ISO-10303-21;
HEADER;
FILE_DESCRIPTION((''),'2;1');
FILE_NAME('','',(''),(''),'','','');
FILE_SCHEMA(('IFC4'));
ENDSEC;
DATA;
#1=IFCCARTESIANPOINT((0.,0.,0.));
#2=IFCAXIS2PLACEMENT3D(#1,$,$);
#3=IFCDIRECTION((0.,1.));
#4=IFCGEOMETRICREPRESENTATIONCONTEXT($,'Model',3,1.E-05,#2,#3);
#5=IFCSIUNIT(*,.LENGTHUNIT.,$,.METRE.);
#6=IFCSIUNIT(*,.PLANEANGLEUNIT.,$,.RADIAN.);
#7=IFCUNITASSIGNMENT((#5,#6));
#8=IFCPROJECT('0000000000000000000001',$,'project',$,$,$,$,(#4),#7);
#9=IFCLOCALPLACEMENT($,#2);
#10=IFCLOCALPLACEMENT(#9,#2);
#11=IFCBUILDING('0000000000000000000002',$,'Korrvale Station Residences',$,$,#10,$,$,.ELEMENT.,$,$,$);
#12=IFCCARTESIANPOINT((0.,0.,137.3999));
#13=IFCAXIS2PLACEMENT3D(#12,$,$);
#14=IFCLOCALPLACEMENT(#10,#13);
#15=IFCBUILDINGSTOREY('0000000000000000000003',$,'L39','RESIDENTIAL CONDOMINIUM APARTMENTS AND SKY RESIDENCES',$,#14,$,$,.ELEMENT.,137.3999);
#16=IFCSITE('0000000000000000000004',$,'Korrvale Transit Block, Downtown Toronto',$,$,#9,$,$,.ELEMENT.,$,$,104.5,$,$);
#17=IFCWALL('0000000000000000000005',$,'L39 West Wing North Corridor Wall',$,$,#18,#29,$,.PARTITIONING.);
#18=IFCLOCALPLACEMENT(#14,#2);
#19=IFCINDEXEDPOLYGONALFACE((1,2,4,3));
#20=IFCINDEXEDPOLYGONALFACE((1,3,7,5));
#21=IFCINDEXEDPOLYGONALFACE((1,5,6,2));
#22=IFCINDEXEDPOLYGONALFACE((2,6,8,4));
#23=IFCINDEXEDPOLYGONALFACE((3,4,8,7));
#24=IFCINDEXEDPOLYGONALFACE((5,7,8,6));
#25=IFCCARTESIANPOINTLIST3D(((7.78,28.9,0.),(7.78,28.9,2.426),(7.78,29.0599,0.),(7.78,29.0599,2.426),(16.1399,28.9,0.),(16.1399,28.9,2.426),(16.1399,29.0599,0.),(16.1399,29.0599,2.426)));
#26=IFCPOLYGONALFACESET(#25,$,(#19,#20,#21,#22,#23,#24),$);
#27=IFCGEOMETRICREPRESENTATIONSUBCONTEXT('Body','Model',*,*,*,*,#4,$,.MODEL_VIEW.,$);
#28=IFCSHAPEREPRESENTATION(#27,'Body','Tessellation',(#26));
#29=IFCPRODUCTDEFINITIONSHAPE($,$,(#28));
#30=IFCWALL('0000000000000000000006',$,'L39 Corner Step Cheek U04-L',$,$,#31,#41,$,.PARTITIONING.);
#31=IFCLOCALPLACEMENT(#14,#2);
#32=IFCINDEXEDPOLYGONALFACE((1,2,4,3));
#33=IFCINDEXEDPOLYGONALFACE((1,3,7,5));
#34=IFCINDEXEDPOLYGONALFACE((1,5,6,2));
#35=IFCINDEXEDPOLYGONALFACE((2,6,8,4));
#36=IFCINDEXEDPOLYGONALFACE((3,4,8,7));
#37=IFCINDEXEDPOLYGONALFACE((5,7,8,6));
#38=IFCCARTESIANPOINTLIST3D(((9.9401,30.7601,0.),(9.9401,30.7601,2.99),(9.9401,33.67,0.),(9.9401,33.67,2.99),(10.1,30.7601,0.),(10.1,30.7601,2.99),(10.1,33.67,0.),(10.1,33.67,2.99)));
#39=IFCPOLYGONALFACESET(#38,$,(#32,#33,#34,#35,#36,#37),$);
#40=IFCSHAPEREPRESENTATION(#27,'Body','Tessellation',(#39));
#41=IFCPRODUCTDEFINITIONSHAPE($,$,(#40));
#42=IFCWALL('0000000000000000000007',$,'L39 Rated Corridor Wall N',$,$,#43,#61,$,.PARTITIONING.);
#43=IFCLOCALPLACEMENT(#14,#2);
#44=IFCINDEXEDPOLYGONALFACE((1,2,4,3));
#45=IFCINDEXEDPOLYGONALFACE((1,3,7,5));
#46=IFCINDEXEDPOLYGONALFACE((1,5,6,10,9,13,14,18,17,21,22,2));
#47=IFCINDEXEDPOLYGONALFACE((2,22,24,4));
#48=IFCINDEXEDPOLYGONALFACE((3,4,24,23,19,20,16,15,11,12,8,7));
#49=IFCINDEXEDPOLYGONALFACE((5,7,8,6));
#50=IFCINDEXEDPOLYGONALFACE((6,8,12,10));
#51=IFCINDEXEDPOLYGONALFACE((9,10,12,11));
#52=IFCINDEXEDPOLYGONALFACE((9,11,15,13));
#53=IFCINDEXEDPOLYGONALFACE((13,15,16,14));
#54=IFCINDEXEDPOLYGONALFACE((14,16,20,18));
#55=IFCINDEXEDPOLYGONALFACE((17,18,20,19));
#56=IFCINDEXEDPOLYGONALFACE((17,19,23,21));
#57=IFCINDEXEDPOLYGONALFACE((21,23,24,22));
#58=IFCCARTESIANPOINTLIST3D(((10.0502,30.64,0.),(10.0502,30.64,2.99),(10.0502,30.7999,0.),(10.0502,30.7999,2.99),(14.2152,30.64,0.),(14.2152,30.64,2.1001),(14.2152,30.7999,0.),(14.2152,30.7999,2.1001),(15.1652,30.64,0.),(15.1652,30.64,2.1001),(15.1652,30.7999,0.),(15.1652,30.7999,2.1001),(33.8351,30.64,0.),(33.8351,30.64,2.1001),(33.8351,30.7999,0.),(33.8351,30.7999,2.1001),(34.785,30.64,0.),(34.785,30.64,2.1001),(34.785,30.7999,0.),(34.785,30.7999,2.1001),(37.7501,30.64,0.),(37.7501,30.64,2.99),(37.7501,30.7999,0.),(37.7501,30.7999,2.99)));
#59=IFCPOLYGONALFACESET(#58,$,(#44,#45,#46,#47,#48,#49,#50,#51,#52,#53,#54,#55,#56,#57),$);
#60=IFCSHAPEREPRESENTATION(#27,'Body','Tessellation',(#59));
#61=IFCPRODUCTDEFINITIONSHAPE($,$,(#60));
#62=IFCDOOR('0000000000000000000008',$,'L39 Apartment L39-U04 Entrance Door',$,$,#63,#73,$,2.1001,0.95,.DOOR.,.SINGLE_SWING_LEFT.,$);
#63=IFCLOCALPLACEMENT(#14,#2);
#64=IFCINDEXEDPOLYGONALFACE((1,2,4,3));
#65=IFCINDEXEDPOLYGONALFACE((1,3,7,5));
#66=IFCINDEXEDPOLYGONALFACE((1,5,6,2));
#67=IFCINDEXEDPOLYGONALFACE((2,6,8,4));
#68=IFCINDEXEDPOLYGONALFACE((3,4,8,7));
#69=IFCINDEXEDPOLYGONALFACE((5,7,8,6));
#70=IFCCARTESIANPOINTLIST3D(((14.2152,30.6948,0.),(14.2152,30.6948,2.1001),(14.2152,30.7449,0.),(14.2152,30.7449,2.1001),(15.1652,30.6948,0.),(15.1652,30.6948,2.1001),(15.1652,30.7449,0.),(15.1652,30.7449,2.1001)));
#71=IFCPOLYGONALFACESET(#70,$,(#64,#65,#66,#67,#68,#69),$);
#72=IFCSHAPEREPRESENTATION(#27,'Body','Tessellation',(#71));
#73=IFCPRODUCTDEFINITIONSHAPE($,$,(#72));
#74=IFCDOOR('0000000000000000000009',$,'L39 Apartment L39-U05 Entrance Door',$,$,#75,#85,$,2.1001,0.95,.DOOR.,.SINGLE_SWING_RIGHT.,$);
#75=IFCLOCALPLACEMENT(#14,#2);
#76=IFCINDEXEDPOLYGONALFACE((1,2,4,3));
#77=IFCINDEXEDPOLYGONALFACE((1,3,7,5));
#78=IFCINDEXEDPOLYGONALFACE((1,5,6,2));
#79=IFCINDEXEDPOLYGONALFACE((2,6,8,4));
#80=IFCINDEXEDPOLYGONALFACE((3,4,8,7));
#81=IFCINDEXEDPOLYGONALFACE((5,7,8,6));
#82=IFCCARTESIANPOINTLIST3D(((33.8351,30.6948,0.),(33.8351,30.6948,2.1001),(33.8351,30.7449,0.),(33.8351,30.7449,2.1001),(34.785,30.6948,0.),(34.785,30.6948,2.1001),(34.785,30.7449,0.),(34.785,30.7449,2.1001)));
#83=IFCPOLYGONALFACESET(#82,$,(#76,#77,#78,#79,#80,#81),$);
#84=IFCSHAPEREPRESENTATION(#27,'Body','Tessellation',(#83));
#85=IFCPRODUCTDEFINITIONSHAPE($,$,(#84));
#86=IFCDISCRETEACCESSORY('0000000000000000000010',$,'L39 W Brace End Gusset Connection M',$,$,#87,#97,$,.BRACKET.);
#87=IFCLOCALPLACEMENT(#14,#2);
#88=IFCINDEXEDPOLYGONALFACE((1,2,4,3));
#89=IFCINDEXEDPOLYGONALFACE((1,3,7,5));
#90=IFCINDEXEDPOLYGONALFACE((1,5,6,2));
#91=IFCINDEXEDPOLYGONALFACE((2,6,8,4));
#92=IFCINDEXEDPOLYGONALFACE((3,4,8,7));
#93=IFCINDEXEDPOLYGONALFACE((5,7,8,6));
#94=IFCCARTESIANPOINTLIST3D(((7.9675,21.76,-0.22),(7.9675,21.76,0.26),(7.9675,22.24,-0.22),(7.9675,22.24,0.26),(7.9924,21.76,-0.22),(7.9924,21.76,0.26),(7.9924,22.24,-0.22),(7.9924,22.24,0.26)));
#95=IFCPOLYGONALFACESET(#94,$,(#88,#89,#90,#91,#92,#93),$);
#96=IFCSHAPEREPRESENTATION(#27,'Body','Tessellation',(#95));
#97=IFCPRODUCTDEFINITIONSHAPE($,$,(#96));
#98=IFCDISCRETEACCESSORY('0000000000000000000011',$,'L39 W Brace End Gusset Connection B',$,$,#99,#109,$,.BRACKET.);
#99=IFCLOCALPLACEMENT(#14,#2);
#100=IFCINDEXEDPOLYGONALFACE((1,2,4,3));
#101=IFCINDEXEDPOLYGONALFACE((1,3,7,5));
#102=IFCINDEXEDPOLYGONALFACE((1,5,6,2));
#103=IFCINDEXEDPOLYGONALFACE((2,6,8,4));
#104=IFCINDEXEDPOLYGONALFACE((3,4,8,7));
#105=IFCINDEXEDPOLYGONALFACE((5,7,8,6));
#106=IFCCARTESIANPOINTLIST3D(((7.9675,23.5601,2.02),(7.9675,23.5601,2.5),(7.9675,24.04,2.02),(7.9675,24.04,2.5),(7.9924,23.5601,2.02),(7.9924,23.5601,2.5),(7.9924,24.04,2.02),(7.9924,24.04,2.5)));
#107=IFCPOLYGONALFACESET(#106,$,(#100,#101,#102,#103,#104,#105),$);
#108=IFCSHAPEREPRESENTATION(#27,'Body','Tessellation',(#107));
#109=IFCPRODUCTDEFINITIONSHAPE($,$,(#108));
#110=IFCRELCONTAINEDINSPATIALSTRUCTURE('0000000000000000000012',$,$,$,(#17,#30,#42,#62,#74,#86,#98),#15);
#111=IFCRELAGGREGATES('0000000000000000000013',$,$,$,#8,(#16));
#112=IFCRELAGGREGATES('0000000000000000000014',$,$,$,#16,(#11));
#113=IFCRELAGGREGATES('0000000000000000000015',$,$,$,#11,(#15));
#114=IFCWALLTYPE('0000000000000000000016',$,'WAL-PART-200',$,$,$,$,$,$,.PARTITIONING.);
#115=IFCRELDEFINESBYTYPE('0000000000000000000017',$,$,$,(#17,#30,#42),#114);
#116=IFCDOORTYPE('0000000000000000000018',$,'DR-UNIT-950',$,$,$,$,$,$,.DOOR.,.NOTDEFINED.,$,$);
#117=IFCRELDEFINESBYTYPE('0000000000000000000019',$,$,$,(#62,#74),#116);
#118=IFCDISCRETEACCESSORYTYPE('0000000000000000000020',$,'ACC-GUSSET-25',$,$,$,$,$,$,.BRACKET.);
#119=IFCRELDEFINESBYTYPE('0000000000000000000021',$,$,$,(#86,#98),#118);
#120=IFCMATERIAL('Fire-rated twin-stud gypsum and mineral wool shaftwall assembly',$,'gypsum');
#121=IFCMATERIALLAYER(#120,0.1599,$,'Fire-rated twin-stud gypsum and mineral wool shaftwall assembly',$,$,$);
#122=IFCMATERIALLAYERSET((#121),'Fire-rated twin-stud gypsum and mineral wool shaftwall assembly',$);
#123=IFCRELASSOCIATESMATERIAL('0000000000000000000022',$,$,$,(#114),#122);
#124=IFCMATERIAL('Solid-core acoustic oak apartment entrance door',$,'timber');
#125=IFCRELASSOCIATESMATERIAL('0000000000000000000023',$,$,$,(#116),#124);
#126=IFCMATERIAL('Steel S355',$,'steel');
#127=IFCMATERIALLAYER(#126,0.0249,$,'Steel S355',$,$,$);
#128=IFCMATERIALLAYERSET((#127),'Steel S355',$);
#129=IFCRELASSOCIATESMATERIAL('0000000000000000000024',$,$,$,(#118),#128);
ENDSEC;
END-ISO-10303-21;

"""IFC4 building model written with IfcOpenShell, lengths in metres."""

from ifc_helpers import new_model, si_unit, direction, frame, frame_2d, origin, origin_2d, place, context, subcontext, project, spatial, rectangle, extrude, material, layer, layer_set, type_object, element, fill, save


model = new_model("IFC4")

# Units and contexts
model_context = context("Model", 3, precision=1e-05, world=origin(), true_north=direction((0.0, 1.0)))
body_context = subcontext(model_context, "Body", "Model", "MODEL_VIEW")
ifc_project = project(units=[si_unit("LENGTHUNIT", "METRE"), si_unit("PLANEANGLEUNIT", "RADIAN")], contexts=[model_context])

# Site, building, storey
site_placement = place(None, origin())
site = spatial("IfcSite", under=ifc_project, at=site_placement, Name="Korrvale Transit Block, Downtown Toronto", CompositionType="ELEMENT", RefElevation=104.5)
building_placement = place(site_placement, origin())
building = spatial("IfcBuilding", under=site, at=building_placement, Name="Korrvale Station Residences", CompositionType="ELEMENT")
storey_placement = place(building_placement, frame((0.0, 0.0, 137.3999)))
storey = spatial("IfcBuildingStorey", under=building, at=storey_placement, Name="L39", Description="RESIDENTIAL CONDOMINIUM APARTMENTS AND SKY RESIDENCES", CompositionType="ELEMENT", Elevation=137.3999)

# Shared definitions
ifc_material_1 = material(Name="Steel S355", Category="steel")

# Walls
ifc_material_2 = material(Name="Fire-rated twin-stud gypsum and mineral wool shaftwall assembly", Category="gypsum")
ifc_layer_1 = layer(ifc_material_2, 0.1599, Name="Fire-rated twin-stud gypsum and mineral wool shaftwall assembly")
ifc_layer_set_1 = layer_set([ifc_layer_1], Name="Fire-rated twin-stud gypsum and mineral wool shaftwall assembly")
wall_type_1 = type_object("IfcWallType", Name="WAL-PART-200", PredefinedType="PARTITIONING", material=ifc_layer_set_1)
wall_1_placement = place(storey_placement, frame((7.78, 28.98, 0.0), z_axis=(0.0, 0.0, 1.0), x_axis=(1.0, 0.0, 0.0)))
element("IfcWall", 1, at=wall_1_placement, inside=storey, type_object=wall_type_1, Name="L39 West Wing North Corridor Wall", PredefinedType="PARTITIONING", context=body_context, shape_type="SweptSolid", body=[
    extrude(rectangle(XDim=8.3599, YDim=0.1599, at=frame_2d((4.1799, 0.0))), origin(), (0.0, 0.0, 1.0), 2.426),
])
wall_2_placement = place(storey_placement, frame((10.02, 30.76, 0.0), z_axis=(0.0, 0.0, 1.0), x_axis=(0.0, 1.0, 0.0)))
element("IfcWall", 2, at=wall_2_placement, inside=storey, type_object=wall_type_1, Name="L39 Corner Step Cheek U04-L", PredefinedType="PARTITIONING", context=body_context, shape_type="SweptSolid", body=[
    extrude(rectangle(XDim=2.9099, YDim=0.1599, at=frame_2d((1.4551, 0.0))), origin(), (0.0, 0.0, 1.0), 2.99),
])

# Wall, openings, doors
wall_3_placement = place(storey_placement, frame((10.05, 30.72, 0.0), z_axis=(0.0, 0.0, 1.0), x_axis=(1.0, 0.0, 0.0)))
wall_3 = element("IfcWall", 3, at=wall_3_placement, inside=storey, type_object=wall_type_1, Name="L39 Rated Corridor Wall N", PredefinedType="PARTITIONING", context=body_context, shape_type="SweptSolid", body=[
    extrude(rectangle(XDim=27.7, YDim=0.1599, at=frame_2d((13.8501, 0.0))), origin(), (0.0, 0.0, 1.0), 2.99),
])
opening_1_placement = place(wall_3_placement, frame((4.165, 0.0, 0.0)))
opening_1 = element("IfcOpeningElement", 4, at=opening_1_placement, cuts=wall_3, PredefinedType="OPENING", context=body_context, shape_type="SweptSolid", body=[
    extrude(rectangle(XDim=0.95, YDim=2.1001, at=frame_2d((0.4751, 1.05))), frame((0.0, 0.0898, 0.0), z_axis=(0.0, -1.0, 0.0), x_axis=(1.0, 0.0, 0.0)), (0.0, 0.0, 1.0), 0.1799),
])
opening_2_placement = place(wall_3_placement, frame((23.7849, 0.0, 0.0)))
opening_2 = element("IfcOpeningElement", 5, at=opening_2_placement, cuts=wall_3, PredefinedType="OPENING", context=body_context, shape_type="SweptSolid", body=[
    extrude(rectangle(XDim=0.95, YDim=2.1001, at=frame_2d((0.4751, 1.05))), frame((0.0, 0.0898, 0.0), z_axis=(0.0, -1.0, 0.0), x_axis=(1.0, 0.0, 0.0)), (0.0, 0.0, 1.0), 0.1799),
])
ifc_material_3 = material(Name="Solid-core acoustic oak apartment entrance door", Category="timber")
door_type_1 = type_object("IfcDoorType", Name="DR-UNIT-950", OperationType="NOTDEFINED", PredefinedType="DOOR", material=ifc_material_3)
door_1_placement = place(opening_1_placement, origin())
door_1 = element("IfcDoor", 6, at=door_1_placement, inside=storey, type_object=door_type_1, Name="L39 Apartment L39-U04 Entrance Door", OperationType="SINGLE_SWING_LEFT", OverallHeight=2.1001, OverallWidth=0.95, PredefinedType="DOOR", context=body_context, shape_type="SweptSolid", body=[
    extrude(rectangle(XDim=0.95, YDim=2.1001, at=frame_2d((0.4751, 1.05))), frame((0.0, 0.0249, 0.0), z_axis=(0.0, -1.0, 0.0), x_axis=(1.0, 0.0, 0.0)), (0.0, 0.0, 1.0), 0.05),
])
fill(opening_1, door_1)
door_2_placement = place(opening_2_placement, origin())
door_2 = element("IfcDoor", 7, at=door_2_placement, inside=storey, type_object=door_type_1, Name="L39 Apartment L39-U05 Entrance Door", OperationType="SINGLE_SWING_RIGHT", OverallHeight=2.1001, OverallWidth=0.95, PredefinedType="DOOR", context=body_context, shape_type="SweptSolid", body=[
    extrude(rectangle(XDim=0.95, YDim=2.1001, at=frame_2d((0.4751, 1.05))), frame((0.0, 0.0249, 0.0), z_axis=(0.0, -1.0, 0.0), x_axis=(1.0, 0.0, 0.0)), (0.0, 0.0, 1.0), 0.05),
])
fill(opening_2, door_2)

# Discrete accessories
ifc_layer_2 = layer(ifc_material_1, 0.0249, Name="Steel S355")
ifc_layer_set_2 = layer_set([ifc_layer_2], Name="Steel S355")
discrete_accessory_type = type_object("IfcDiscreteAccessoryType", Name="ACC-GUSSET-25", PredefinedType="BRACKET", material=ifc_layer_set_2)
for number, where, z_axis, x_axis, name in (
    (8, (7.98, 22.0, -0.22), (0.0, 0.0, 1.0), (0.0, 1.0, 0.0), "L39 W Brace End Gusset Connection M"),
    (9, (7.98, 23.8, 2.02), (0.0, 0.0, 1.0), (0.0, 1.0, 0.0), "L39 W Brace End Gusset Connection B"),
):
    element("IfcDiscreteAccessory", number, at=place(storey_placement, frame(where, z_axis=z_axis, x_axis=x_axis)), inside=storey, type_object=discrete_accessory_type, Name=name, PredefinedType="BRACKET", context=body_context, shape_type="SweptSolid", body=[
        extrude(rectangle(XDim=0.48, YDim=0.0249, at=origin_2d()), origin(), (0.0, 0.0, 1.0), 0.48),
    ])

save(model, "model.ifc")
